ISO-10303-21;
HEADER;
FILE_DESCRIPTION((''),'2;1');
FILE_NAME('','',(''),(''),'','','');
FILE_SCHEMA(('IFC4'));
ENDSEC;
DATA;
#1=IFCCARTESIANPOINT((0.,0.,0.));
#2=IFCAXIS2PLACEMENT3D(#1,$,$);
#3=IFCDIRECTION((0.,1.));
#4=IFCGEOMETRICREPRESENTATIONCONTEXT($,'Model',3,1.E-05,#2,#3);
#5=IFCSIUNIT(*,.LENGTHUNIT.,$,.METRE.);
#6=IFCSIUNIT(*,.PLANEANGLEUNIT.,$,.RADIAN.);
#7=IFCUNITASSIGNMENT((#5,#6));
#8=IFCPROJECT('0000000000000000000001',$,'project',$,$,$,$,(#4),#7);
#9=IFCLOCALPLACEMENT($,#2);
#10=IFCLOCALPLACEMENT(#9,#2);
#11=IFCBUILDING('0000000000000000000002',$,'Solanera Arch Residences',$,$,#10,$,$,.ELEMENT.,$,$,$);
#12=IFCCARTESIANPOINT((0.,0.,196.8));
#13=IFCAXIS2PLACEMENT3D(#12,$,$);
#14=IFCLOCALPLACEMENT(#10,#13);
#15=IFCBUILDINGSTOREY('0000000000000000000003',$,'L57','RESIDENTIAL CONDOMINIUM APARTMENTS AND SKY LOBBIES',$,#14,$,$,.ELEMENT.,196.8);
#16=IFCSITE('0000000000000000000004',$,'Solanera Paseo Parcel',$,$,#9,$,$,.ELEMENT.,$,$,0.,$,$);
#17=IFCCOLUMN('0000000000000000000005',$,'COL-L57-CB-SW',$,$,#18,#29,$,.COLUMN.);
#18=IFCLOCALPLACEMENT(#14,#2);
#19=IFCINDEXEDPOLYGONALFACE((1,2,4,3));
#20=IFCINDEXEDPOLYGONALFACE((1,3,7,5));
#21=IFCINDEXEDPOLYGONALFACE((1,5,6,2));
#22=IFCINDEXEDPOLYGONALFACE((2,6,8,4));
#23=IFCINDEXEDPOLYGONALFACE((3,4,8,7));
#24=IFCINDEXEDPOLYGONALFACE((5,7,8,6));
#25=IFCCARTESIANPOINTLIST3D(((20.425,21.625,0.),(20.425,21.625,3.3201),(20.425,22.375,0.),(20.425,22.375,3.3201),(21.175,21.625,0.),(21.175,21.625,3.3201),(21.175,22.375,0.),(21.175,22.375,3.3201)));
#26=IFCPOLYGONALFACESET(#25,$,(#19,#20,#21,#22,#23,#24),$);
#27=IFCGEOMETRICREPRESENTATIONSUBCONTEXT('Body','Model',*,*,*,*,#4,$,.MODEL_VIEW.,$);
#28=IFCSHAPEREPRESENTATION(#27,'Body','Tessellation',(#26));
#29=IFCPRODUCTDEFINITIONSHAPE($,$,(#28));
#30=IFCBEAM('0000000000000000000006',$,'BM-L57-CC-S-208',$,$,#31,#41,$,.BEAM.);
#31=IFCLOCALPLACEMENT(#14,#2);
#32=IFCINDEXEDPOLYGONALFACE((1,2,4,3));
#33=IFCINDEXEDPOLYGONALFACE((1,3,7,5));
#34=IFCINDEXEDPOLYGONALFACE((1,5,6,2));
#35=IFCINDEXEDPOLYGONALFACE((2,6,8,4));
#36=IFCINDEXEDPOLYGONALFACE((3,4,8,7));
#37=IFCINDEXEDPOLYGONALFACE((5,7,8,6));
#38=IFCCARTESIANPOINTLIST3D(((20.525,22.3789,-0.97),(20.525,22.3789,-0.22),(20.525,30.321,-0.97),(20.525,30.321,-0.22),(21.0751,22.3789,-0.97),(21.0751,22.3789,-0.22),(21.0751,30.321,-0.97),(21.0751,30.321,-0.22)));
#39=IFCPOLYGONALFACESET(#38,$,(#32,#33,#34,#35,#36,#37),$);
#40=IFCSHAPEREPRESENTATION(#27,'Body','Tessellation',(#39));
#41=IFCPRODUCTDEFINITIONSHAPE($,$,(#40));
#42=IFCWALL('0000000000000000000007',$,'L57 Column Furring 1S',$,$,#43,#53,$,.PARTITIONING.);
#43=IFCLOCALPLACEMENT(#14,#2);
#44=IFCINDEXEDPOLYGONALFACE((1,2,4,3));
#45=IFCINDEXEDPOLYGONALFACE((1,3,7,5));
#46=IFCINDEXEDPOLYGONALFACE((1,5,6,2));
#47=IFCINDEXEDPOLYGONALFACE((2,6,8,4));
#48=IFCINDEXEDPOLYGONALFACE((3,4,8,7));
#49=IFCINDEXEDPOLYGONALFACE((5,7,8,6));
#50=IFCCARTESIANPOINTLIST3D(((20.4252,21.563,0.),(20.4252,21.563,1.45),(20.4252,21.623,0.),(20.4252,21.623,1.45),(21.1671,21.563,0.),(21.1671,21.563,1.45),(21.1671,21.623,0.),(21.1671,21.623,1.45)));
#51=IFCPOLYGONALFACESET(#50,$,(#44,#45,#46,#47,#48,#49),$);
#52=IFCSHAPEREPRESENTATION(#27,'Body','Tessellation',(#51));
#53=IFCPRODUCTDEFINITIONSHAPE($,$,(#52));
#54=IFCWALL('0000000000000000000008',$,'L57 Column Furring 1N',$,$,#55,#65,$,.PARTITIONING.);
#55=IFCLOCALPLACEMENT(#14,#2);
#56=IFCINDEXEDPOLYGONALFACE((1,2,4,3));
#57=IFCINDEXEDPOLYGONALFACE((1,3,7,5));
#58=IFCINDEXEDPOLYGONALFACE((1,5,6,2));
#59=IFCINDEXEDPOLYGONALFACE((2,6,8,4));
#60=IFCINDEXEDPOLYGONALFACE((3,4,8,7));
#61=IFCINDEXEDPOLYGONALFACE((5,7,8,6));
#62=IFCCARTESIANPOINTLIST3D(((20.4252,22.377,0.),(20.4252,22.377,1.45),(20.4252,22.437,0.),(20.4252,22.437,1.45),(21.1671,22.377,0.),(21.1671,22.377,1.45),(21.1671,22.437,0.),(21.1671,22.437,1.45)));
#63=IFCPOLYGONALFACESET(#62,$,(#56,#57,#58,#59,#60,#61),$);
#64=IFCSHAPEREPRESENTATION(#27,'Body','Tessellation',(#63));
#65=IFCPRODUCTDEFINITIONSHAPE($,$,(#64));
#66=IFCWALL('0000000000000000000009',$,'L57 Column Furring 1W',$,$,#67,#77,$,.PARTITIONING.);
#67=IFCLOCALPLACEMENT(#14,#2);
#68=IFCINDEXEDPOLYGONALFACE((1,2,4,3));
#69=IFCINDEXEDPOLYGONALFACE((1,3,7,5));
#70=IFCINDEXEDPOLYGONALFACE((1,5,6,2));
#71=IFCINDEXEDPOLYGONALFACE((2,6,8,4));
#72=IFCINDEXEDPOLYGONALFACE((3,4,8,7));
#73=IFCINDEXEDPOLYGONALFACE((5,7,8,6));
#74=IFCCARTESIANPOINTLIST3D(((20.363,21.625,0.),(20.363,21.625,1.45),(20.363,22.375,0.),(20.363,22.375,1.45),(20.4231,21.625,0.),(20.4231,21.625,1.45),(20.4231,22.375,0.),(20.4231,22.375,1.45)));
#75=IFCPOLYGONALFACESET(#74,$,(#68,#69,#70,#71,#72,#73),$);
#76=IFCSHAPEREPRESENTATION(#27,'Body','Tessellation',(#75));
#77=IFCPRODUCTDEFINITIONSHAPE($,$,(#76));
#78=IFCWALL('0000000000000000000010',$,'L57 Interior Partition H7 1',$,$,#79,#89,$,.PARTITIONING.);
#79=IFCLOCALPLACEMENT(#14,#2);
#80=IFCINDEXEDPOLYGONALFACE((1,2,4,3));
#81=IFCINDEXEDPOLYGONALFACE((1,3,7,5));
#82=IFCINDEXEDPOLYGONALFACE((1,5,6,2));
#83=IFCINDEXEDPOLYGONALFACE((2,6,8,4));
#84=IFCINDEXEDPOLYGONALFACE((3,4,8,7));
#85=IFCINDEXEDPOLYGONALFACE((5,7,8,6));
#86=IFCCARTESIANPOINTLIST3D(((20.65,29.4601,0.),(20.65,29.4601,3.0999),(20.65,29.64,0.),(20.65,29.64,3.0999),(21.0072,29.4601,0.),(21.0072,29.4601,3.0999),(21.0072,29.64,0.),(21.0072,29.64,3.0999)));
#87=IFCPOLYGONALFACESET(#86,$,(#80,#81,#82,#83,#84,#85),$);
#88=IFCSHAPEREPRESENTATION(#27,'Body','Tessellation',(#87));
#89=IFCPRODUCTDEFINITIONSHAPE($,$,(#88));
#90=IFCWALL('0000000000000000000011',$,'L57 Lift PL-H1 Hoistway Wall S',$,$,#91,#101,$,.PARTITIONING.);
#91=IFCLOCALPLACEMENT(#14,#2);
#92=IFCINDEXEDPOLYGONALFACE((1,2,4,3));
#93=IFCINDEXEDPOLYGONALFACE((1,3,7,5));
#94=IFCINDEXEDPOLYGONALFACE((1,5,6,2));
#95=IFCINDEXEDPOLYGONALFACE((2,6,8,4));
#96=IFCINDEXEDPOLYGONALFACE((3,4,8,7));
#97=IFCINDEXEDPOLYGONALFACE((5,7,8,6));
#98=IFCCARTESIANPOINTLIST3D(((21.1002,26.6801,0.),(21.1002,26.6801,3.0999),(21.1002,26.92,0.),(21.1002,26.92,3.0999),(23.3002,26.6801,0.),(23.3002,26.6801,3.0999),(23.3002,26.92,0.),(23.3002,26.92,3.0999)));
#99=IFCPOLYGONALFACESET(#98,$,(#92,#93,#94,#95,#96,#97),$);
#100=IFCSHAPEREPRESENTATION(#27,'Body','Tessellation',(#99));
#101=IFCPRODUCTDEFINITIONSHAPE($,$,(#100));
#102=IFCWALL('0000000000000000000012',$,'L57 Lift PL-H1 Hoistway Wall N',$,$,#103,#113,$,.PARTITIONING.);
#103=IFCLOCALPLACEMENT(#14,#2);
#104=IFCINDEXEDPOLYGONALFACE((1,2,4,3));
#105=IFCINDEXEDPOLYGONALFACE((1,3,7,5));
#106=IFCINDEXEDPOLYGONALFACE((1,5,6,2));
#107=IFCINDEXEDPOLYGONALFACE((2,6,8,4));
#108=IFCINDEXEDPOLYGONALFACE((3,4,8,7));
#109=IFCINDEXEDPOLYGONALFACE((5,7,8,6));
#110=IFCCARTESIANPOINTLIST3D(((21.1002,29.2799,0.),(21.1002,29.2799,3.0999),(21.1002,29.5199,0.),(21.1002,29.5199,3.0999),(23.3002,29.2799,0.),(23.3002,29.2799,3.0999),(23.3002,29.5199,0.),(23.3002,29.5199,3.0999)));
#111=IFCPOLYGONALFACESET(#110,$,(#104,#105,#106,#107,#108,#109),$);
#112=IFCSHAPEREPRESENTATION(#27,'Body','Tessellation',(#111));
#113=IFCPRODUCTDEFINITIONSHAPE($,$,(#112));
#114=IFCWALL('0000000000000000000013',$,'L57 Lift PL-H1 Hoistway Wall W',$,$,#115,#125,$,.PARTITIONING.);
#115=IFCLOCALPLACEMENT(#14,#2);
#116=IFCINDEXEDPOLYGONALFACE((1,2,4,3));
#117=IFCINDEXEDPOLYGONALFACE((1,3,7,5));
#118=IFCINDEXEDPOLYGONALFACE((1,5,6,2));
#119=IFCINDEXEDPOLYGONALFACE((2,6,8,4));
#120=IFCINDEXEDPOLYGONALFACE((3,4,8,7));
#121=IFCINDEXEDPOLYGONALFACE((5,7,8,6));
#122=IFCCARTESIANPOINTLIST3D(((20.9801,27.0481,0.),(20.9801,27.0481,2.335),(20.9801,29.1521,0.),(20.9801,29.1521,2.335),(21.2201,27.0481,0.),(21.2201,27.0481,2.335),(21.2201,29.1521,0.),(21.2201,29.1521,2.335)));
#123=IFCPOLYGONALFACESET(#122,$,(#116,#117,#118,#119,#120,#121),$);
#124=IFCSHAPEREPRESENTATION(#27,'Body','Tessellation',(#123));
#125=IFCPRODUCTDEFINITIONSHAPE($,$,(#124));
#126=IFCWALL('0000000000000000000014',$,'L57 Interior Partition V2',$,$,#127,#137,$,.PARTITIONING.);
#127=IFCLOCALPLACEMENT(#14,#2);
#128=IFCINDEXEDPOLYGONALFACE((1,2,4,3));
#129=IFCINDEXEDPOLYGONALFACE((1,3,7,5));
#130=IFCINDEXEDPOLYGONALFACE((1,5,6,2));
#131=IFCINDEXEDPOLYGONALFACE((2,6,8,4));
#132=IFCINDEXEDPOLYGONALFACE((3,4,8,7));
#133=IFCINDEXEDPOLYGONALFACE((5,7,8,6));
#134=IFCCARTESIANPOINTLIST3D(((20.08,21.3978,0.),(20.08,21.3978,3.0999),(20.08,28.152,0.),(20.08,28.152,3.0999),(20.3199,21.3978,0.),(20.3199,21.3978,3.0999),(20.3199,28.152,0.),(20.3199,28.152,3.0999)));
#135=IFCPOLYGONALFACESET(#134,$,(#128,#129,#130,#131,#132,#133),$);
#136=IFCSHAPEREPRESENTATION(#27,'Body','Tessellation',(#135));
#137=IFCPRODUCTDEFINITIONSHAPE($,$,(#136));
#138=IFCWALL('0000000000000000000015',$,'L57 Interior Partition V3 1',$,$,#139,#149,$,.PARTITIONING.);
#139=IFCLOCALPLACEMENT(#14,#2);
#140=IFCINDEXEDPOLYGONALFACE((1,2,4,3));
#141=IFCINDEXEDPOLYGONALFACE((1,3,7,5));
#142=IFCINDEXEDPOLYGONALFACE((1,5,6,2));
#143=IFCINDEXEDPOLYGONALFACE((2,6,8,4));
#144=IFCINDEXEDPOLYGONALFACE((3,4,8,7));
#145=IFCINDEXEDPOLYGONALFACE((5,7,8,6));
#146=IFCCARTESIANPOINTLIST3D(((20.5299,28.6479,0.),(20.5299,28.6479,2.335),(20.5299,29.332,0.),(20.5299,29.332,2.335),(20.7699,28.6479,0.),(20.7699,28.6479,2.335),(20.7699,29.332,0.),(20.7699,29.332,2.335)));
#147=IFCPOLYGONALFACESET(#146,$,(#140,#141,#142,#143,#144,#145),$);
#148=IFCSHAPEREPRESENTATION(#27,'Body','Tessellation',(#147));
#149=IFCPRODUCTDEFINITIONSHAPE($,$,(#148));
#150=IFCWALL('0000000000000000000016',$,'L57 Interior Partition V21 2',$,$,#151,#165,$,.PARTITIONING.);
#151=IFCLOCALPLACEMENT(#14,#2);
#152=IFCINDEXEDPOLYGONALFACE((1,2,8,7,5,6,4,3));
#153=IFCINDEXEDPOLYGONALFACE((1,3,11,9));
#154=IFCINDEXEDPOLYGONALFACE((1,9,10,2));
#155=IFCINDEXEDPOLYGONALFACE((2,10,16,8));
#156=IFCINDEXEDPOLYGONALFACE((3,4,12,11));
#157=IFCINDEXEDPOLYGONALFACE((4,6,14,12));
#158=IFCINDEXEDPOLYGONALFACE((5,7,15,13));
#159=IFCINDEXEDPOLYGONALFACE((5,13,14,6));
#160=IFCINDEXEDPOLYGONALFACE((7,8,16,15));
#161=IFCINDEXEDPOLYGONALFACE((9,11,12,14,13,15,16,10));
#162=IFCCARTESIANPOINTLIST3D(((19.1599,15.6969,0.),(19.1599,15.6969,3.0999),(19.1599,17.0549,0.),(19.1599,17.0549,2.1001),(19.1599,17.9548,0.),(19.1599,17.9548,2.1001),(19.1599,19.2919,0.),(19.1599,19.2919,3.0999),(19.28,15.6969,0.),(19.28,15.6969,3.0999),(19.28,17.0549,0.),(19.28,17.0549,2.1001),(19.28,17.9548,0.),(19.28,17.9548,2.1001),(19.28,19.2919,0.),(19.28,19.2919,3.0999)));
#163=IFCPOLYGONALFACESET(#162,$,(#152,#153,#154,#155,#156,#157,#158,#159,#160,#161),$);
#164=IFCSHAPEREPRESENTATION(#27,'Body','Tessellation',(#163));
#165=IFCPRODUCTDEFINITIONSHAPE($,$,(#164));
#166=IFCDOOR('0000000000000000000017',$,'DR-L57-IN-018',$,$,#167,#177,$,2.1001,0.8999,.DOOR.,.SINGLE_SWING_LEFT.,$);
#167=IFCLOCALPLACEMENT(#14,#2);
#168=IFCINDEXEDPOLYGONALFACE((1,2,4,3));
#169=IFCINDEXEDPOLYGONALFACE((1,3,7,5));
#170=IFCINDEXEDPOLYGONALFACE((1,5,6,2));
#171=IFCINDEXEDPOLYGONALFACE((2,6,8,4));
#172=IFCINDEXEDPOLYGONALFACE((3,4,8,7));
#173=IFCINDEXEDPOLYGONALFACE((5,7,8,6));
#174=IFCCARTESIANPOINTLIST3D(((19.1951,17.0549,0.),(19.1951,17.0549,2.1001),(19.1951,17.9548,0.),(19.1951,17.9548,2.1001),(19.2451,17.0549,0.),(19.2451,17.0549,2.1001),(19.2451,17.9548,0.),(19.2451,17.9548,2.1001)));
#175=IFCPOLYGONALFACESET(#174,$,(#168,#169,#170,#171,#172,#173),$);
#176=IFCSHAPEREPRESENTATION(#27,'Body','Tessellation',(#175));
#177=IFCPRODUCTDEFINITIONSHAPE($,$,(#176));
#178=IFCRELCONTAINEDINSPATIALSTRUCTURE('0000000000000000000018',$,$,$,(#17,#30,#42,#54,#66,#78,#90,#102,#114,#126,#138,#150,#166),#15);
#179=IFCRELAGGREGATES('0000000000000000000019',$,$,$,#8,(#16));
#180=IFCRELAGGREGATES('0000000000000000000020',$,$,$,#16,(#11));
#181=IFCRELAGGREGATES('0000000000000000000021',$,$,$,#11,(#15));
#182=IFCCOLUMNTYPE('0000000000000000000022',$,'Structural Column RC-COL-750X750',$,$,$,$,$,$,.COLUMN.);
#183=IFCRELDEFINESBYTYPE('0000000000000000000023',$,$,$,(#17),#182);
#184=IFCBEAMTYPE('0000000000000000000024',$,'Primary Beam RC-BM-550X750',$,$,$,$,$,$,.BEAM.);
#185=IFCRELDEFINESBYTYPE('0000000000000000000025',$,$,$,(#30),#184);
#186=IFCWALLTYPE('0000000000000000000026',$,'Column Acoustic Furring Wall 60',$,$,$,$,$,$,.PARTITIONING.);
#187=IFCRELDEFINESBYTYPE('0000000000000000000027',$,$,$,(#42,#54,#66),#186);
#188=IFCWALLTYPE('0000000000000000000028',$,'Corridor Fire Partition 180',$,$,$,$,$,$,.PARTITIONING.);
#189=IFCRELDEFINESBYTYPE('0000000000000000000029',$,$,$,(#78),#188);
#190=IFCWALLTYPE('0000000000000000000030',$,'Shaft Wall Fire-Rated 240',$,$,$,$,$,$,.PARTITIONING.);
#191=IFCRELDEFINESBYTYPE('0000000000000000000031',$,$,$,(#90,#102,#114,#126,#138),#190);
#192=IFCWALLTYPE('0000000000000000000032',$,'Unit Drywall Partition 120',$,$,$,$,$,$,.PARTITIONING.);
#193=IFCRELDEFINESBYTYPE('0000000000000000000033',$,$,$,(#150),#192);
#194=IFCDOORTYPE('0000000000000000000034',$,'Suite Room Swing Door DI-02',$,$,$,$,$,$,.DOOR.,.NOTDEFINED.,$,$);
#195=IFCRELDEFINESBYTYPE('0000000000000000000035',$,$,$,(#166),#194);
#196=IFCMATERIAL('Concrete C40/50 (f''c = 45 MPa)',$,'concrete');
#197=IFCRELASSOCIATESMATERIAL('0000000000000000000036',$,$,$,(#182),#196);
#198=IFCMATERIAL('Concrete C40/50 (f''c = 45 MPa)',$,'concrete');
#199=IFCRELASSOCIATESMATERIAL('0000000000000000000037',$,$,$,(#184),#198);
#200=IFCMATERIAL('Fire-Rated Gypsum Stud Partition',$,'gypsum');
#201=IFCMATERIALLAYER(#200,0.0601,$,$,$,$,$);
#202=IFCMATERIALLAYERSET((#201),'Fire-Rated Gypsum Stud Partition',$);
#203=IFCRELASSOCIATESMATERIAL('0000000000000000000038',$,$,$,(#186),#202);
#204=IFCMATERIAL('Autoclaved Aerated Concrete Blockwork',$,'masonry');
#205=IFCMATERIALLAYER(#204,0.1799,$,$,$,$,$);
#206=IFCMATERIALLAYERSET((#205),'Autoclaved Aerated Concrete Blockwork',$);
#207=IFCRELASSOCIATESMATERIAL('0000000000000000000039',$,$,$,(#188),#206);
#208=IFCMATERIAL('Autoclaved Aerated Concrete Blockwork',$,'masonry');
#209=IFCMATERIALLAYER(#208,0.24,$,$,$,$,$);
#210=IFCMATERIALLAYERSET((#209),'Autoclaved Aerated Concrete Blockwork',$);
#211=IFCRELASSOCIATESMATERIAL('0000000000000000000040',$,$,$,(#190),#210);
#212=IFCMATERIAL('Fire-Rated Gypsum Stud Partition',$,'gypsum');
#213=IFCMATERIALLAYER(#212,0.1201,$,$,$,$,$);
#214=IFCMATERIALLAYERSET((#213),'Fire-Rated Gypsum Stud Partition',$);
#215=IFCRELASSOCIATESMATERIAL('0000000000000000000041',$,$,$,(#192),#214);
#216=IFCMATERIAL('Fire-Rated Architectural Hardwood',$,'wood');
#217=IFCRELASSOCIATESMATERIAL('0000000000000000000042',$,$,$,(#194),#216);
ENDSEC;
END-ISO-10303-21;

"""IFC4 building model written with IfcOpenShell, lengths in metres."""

from ifc_helpers import new_model, si_unit, direction, frame, frame_2d, origin, origin_2d, place, context, subcontext, project, spatial, rectangle, extrude, material, layer, layer_set, material_profile, profile_set, type_object, element, fill, save


model = new_model("IFC4")

# Units and contexts
model_context = context("Model", 3, precision=1e-05, world=origin(), true_north=direction((0.0, 1.0)))
body_context = subcontext(model_context, "Body", "Model", "MODEL_VIEW")
ifc_project = project(units=[si_unit("LENGTHUNIT", "METRE"), si_unit("PLANEANGLEUNIT", "RADIAN")], contexts=[model_context])

# Site, building, storey
site_placement = place(None, origin())
site = spatial("IfcSite", under=ifc_project, at=site_placement, Name="Solanera Paseo Parcel", CompositionType="ELEMENT", RefElevation=0.0)
building_placement = place(site_placement, origin())
building = spatial("IfcBuilding", under=site, at=building_placement, Name="Solanera Arch Residences", CompositionType="ELEMENT")
storey_placement = place(building_placement, frame((0.0, 0.0, 196.8)))
storey = spatial("IfcBuildingStorey", under=building, at=storey_placement, Name="L57", Description="RESIDENTIAL CONDOMINIUM APARTMENTS AND SKY LOBBIES", CompositionType="ELEMENT", Elevation=196.8)

# Column
ifc_material_1 = material(Name="Concrete C40/50 (f'c = 45 MPa)", Category="concrete")
ifc_material_profile_1 = material_profile(ifc_material_1, rectangle(XDim=0.75, YDim=0.75, at=origin_2d()))
ifc_profile_set_1 = profile_set([ifc_material_profile_1], Name="Concrete C40/50 (f'c = 45 MPa)")
column_type = type_object("IfcColumnType", Name="Structural Column RC-COL-750X750", PredefinedType="COLUMN", material=ifc_profile_set_1)
column_placement = place(storey_placement, frame((20.8, 22.0, 0.0), z_axis=(0.0, 0.0, 1.0), x_axis=(1.0, 0.0, 0.0)))
element("IfcColumn", 1, at=column_placement, inside=storey, type_object=column_type, Name="COL-L57-CB-SW", PredefinedType="COLUMN", context=body_context, shape_type="SweptSolid", body=[
    extrude(rectangle(XDim=0.75, YDim=0.75, at=origin_2d()), origin(), (0.0, 0.0, 1.0), 3.3201),
])

# Beam
ifc_material_2 = material(Name="Concrete C40/50 (f'c = 45 MPa)", Category="concrete")
ifc_material_profile_2 = material_profile(ifc_material_2, rectangle(XDim=0.55, YDim=0.75, at=origin_2d()))
ifc_profile_set_2 = profile_set([ifc_material_profile_2], Name="Concrete C40/50 (f'c = 45 MPa)")
beam_type = type_object("IfcBeamType", Name="Primary Beam RC-BM-550X750", PredefinedType="BEAM", material=ifc_profile_set_2)
beam_placement = place(storey_placement, frame((20.8, 22.3789, -0.595), z_axis=(0.0, 1.0, 0.0), x_axis=(-1.0, 0.0, 0.0)))
element("IfcBeam", 2, at=beam_placement, inside=storey, type_object=beam_type, Name="BM-L57-CC-S-208", PredefinedType="BEAM", context=body_context, shape_type="SweptSolid", body=[
    extrude(rectangle(XDim=0.55, YDim=0.75, at=origin_2d()), origin(), (0.0, 0.0, 1.0), 7.9421),
])

# Walls
ifc_material_3 = material(Name="Fire-Rated Gypsum Stud Partition", Category="gypsum")
ifc_layer_1 = layer(ifc_material_3, 0.0601)
ifc_layer_set_1 = layer_set([ifc_layer_1], Name="Fire-Rated Gypsum Stud Partition")
wall_type_1 = type_object("IfcWallType", Name="Column Acoustic Furring Wall 60", PredefinedType="PARTITIONING", material=ifc_layer_set_1)
for number, where, z_axis, x_axis, name in (
    (3, (20.425, 21.593, 0.0), (0.0, 0.0, 1.0), (1.0, 0.0, 0.0), "L57 Column Furring 1S"),
    (4, (20.425, 22.407, 0.0), (0.0, 0.0, 1.0), (1.0, 0.0, 0.0), "L57 Column Furring 1N"),
):
    element("IfcWall", number, at=place(storey_placement, frame(where, z_axis=z_axis, x_axis=x_axis)), inside=storey, type_object=wall_type_1, Name=name, PredefinedType="PARTITIONING", context=body_context, shape_type="SweptSolid", body=[
        extrude(rectangle(XDim=0.7419, YDim=0.0601, at=frame_2d((0.3711, 0.0))), origin(), (0.0, 0.0, 1.0), 1.45),
    ])
wall_1_placement = place(storey_placement, frame((20.3931, 21.625, 0.0), z_axis=(0.0, 0.0, 1.0), x_axis=(0.0, 1.0, 0.0)))
element("IfcWall", 5, at=wall_1_placement, inside=storey, type_object=wall_type_1, Name="L57 Column Furring 1W", PredefinedType="PARTITIONING", context=body_context, shape_type="SweptSolid", body=[
    extrude(rectangle(XDim=0.75, YDim=0.0601, at=frame_2d((0.375, 0.0))), origin(), (0.0, 0.0, 1.0), 1.45),
])

# Walls
ifc_material_4 = material(Name="Autoclaved Aerated Concrete Blockwork", Category="masonry")
ifc_layer_2 = layer(ifc_material_4, 0.1799)
ifc_layer_set_2 = layer_set([ifc_layer_2], Name="Autoclaved Aerated Concrete Blockwork")
wall_type_2 = type_object("IfcWallType", Name="Corridor Fire Partition 180", PredefinedType="PARTITIONING", material=ifc_layer_set_2)
wall_2_placement = place(storey_placement, frame((20.6499, 29.55, 0.0), z_axis=(0.0, 0.0, 1.0), x_axis=(1.0, 0.0, 0.0)))
element("IfcWall", 6, at=wall_2_placement, inside=storey, type_object=wall_type_2, Name="L57 Interior Partition H7 1", PredefinedType="PARTITIONING", context=body_context, shape_type="SweptSolid", body=[
    extrude(rectangle(XDim=0.3572, YDim=0.1799, at=frame_2d((0.1787, 0.0))), origin(), (0.0, 0.0, 1.0), 3.0999),
])
ifc_material_5 = material(Name="Autoclaved Aerated Concrete Blockwork", Category="masonry")
ifc_layer_3 = layer(ifc_material_5, 0.24)
ifc_layer_set_3 = layer_set([ifc_layer_3], Name="Autoclaved Aerated Concrete Blockwork")
wall_type_3 = type_object("IfcWallType", Name="Shaft Wall Fire-Rated 240", PredefinedType="PARTITIONING", material=ifc_layer_set_3)
for number, where, z_axis, x_axis, name in (
    (7, (21.1001, 26.8, 0.0), (0.0, 0.0, 1.0), (1.0, 0.0, 0.0), "L57 Lift PL-H1 Hoistway Wall S"),
    (8, (21.1001, 29.3999, 0.0), (0.0, 0.0, 1.0), (1.0, 0.0, 0.0), "L57 Lift PL-H1 Hoistway Wall N"),
):
    element("IfcWall", number, at=place(storey_placement, frame(where, z_axis=z_axis, x_axis=x_axis)), inside=storey, type_object=wall_type_3, Name=name, PredefinedType="PARTITIONING", context=body_context, shape_type="SweptSolid", body=[
        extrude(rectangle(XDim=2.2, YDim=0.24, at=frame_2d((1.1001, 0.0))), origin(), (0.0, 0.0, 1.0), 3.0999),
    ])
wall_3_placement = place(storey_placement, frame((21.1001, 27.0481, 0.0), z_axis=(0.0, 0.0, 1.0), x_axis=(0.0, 1.0, 0.0)))
element("IfcWall", 9, at=wall_3_placement, inside=storey, type_object=wall_type_3, Name="L57 Lift PL-H1 Hoistway Wall W", PredefinedType="PARTITIONING", context=body_context, shape_type="SweptSolid", body=[
    extrude(rectangle(XDim=2.104, YDim=0.24, at=frame_2d((1.052, 0.0))), origin(), (0.0, 0.0, 1.0), 2.335),
])

# Walls
wall_4_placement = place(storey_placement, frame((20.2, 21.3979, 0.0), z_axis=(0.0, 0.0, 1.0), x_axis=(0.0, 1.0, 0.0)))
element("IfcWall", 10, at=wall_4_placement, inside=storey, type_object=wall_type_3, Name="L57 Interior Partition V2", PredefinedType="PARTITIONING", context=body_context, shape_type="SweptSolid", body=[
    extrude(rectangle(XDim=6.7542, YDim=0.24, at=frame_2d((3.377, 0.0))), origin(), (0.0, 0.0, 1.0), 3.0999),
])
wall_5_placement = place(storey_placement, frame((20.6499, 28.6479, 0.0), z_axis=(0.0, 0.0, 1.0), x_axis=(0.0, 1.0, 0.0)))
element("IfcWall", 11, at=wall_5_placement, inside=storey, type_object=wall_type_3, Name="L57 Interior Partition V3 1", PredefinedType="PARTITIONING", context=body_context, shape_type="SweptSolid", body=[
    extrude(rectangle(XDim=0.6841, YDim=0.24, at=frame_2d((0.342, 0.0))), origin(), (0.0, 0.0, 1.0), 2.335),
])

# Wall, opening, door
ifc_material_6 = material(Name="Fire-Rated Gypsum Stud Partition", Category="gypsum")
ifc_layer_4 = layer(ifc_material_6, 0.1201)
ifc_layer_set_4 = layer_set([ifc_layer_4], Name="Fire-Rated Gypsum Stud Partition")
wall_type_4 = type_object("IfcWallType", Name="Unit Drywall Partition 120", PredefinedType="PARTITIONING", material=ifc_layer_set_4)
wall_6_placement = place(storey_placement, frame((19.22, 15.697, 0.0), z_axis=(0.0, 0.0, 1.0), x_axis=(0.0, 1.0, 0.0)))
wall_6 = element("IfcWall", 12, at=wall_6_placement, inside=storey, type_object=wall_type_4, Name="L57 Interior Partition V21 2", PredefinedType="PARTITIONING", context=body_context, shape_type="SweptSolid", body=[
    extrude(rectangle(XDim=3.595, YDim=0.1201, at=frame_2d((1.7974, 0.0))), origin(), (0.0, 0.0, 1.0), 3.0999),
])
opening_1_placement = place(wall_6_placement, frame((1.3579, 0.0, 0.0)))
opening_1 = element("IfcOpeningElement", 13, at=opening_1_placement, cuts=wall_6, PredefinedType="OPENING", context=body_context, shape_type="SweptSolid", body=[
    extrude(rectangle(XDim=0.8999, YDim=2.1001, at=frame_2d((0.45, 1.05))), frame((0.0, 0.0701, 0.0), z_axis=(0.0, -1.0, 0.0), x_axis=(1.0, 0.0, 0.0)), (0.0, 0.0, 1.0), 0.1401),
])
ifc_material_7 = material(Name="Fire-Rated Architectural Hardwood", Category="wood")
door_type_1 = type_object("IfcDoorType", Name="Suite Room Swing Door DI-02", OperationType="NOTDEFINED", PredefinedType="DOOR", material=ifc_material_7)
door_1_placement = place(opening_1_placement, origin())
door_1 = element("IfcDoor", 14, at=door_1_placement, inside=storey, type_object=door_type_1, Name="DR-L57-IN-018", OperationType="SINGLE_SWING_LEFT", OverallHeight=2.1001, OverallWidth=0.8999, PredefinedType="DOOR", context=body_context, shape_type="SweptSolid", body=[
    extrude(rectangle(XDim=0.8999, YDim=2.1001, at=frame_2d((0.45, 1.05))), frame((0.0, 0.0249, 0.0), z_axis=(0.0, -1.0, 0.0), x_axis=(1.0, 0.0, 0.0)), (0.0, 0.0, 1.0), 0.05),
])
fill(opening_1, door_1)

save(model, "model.ifc")
